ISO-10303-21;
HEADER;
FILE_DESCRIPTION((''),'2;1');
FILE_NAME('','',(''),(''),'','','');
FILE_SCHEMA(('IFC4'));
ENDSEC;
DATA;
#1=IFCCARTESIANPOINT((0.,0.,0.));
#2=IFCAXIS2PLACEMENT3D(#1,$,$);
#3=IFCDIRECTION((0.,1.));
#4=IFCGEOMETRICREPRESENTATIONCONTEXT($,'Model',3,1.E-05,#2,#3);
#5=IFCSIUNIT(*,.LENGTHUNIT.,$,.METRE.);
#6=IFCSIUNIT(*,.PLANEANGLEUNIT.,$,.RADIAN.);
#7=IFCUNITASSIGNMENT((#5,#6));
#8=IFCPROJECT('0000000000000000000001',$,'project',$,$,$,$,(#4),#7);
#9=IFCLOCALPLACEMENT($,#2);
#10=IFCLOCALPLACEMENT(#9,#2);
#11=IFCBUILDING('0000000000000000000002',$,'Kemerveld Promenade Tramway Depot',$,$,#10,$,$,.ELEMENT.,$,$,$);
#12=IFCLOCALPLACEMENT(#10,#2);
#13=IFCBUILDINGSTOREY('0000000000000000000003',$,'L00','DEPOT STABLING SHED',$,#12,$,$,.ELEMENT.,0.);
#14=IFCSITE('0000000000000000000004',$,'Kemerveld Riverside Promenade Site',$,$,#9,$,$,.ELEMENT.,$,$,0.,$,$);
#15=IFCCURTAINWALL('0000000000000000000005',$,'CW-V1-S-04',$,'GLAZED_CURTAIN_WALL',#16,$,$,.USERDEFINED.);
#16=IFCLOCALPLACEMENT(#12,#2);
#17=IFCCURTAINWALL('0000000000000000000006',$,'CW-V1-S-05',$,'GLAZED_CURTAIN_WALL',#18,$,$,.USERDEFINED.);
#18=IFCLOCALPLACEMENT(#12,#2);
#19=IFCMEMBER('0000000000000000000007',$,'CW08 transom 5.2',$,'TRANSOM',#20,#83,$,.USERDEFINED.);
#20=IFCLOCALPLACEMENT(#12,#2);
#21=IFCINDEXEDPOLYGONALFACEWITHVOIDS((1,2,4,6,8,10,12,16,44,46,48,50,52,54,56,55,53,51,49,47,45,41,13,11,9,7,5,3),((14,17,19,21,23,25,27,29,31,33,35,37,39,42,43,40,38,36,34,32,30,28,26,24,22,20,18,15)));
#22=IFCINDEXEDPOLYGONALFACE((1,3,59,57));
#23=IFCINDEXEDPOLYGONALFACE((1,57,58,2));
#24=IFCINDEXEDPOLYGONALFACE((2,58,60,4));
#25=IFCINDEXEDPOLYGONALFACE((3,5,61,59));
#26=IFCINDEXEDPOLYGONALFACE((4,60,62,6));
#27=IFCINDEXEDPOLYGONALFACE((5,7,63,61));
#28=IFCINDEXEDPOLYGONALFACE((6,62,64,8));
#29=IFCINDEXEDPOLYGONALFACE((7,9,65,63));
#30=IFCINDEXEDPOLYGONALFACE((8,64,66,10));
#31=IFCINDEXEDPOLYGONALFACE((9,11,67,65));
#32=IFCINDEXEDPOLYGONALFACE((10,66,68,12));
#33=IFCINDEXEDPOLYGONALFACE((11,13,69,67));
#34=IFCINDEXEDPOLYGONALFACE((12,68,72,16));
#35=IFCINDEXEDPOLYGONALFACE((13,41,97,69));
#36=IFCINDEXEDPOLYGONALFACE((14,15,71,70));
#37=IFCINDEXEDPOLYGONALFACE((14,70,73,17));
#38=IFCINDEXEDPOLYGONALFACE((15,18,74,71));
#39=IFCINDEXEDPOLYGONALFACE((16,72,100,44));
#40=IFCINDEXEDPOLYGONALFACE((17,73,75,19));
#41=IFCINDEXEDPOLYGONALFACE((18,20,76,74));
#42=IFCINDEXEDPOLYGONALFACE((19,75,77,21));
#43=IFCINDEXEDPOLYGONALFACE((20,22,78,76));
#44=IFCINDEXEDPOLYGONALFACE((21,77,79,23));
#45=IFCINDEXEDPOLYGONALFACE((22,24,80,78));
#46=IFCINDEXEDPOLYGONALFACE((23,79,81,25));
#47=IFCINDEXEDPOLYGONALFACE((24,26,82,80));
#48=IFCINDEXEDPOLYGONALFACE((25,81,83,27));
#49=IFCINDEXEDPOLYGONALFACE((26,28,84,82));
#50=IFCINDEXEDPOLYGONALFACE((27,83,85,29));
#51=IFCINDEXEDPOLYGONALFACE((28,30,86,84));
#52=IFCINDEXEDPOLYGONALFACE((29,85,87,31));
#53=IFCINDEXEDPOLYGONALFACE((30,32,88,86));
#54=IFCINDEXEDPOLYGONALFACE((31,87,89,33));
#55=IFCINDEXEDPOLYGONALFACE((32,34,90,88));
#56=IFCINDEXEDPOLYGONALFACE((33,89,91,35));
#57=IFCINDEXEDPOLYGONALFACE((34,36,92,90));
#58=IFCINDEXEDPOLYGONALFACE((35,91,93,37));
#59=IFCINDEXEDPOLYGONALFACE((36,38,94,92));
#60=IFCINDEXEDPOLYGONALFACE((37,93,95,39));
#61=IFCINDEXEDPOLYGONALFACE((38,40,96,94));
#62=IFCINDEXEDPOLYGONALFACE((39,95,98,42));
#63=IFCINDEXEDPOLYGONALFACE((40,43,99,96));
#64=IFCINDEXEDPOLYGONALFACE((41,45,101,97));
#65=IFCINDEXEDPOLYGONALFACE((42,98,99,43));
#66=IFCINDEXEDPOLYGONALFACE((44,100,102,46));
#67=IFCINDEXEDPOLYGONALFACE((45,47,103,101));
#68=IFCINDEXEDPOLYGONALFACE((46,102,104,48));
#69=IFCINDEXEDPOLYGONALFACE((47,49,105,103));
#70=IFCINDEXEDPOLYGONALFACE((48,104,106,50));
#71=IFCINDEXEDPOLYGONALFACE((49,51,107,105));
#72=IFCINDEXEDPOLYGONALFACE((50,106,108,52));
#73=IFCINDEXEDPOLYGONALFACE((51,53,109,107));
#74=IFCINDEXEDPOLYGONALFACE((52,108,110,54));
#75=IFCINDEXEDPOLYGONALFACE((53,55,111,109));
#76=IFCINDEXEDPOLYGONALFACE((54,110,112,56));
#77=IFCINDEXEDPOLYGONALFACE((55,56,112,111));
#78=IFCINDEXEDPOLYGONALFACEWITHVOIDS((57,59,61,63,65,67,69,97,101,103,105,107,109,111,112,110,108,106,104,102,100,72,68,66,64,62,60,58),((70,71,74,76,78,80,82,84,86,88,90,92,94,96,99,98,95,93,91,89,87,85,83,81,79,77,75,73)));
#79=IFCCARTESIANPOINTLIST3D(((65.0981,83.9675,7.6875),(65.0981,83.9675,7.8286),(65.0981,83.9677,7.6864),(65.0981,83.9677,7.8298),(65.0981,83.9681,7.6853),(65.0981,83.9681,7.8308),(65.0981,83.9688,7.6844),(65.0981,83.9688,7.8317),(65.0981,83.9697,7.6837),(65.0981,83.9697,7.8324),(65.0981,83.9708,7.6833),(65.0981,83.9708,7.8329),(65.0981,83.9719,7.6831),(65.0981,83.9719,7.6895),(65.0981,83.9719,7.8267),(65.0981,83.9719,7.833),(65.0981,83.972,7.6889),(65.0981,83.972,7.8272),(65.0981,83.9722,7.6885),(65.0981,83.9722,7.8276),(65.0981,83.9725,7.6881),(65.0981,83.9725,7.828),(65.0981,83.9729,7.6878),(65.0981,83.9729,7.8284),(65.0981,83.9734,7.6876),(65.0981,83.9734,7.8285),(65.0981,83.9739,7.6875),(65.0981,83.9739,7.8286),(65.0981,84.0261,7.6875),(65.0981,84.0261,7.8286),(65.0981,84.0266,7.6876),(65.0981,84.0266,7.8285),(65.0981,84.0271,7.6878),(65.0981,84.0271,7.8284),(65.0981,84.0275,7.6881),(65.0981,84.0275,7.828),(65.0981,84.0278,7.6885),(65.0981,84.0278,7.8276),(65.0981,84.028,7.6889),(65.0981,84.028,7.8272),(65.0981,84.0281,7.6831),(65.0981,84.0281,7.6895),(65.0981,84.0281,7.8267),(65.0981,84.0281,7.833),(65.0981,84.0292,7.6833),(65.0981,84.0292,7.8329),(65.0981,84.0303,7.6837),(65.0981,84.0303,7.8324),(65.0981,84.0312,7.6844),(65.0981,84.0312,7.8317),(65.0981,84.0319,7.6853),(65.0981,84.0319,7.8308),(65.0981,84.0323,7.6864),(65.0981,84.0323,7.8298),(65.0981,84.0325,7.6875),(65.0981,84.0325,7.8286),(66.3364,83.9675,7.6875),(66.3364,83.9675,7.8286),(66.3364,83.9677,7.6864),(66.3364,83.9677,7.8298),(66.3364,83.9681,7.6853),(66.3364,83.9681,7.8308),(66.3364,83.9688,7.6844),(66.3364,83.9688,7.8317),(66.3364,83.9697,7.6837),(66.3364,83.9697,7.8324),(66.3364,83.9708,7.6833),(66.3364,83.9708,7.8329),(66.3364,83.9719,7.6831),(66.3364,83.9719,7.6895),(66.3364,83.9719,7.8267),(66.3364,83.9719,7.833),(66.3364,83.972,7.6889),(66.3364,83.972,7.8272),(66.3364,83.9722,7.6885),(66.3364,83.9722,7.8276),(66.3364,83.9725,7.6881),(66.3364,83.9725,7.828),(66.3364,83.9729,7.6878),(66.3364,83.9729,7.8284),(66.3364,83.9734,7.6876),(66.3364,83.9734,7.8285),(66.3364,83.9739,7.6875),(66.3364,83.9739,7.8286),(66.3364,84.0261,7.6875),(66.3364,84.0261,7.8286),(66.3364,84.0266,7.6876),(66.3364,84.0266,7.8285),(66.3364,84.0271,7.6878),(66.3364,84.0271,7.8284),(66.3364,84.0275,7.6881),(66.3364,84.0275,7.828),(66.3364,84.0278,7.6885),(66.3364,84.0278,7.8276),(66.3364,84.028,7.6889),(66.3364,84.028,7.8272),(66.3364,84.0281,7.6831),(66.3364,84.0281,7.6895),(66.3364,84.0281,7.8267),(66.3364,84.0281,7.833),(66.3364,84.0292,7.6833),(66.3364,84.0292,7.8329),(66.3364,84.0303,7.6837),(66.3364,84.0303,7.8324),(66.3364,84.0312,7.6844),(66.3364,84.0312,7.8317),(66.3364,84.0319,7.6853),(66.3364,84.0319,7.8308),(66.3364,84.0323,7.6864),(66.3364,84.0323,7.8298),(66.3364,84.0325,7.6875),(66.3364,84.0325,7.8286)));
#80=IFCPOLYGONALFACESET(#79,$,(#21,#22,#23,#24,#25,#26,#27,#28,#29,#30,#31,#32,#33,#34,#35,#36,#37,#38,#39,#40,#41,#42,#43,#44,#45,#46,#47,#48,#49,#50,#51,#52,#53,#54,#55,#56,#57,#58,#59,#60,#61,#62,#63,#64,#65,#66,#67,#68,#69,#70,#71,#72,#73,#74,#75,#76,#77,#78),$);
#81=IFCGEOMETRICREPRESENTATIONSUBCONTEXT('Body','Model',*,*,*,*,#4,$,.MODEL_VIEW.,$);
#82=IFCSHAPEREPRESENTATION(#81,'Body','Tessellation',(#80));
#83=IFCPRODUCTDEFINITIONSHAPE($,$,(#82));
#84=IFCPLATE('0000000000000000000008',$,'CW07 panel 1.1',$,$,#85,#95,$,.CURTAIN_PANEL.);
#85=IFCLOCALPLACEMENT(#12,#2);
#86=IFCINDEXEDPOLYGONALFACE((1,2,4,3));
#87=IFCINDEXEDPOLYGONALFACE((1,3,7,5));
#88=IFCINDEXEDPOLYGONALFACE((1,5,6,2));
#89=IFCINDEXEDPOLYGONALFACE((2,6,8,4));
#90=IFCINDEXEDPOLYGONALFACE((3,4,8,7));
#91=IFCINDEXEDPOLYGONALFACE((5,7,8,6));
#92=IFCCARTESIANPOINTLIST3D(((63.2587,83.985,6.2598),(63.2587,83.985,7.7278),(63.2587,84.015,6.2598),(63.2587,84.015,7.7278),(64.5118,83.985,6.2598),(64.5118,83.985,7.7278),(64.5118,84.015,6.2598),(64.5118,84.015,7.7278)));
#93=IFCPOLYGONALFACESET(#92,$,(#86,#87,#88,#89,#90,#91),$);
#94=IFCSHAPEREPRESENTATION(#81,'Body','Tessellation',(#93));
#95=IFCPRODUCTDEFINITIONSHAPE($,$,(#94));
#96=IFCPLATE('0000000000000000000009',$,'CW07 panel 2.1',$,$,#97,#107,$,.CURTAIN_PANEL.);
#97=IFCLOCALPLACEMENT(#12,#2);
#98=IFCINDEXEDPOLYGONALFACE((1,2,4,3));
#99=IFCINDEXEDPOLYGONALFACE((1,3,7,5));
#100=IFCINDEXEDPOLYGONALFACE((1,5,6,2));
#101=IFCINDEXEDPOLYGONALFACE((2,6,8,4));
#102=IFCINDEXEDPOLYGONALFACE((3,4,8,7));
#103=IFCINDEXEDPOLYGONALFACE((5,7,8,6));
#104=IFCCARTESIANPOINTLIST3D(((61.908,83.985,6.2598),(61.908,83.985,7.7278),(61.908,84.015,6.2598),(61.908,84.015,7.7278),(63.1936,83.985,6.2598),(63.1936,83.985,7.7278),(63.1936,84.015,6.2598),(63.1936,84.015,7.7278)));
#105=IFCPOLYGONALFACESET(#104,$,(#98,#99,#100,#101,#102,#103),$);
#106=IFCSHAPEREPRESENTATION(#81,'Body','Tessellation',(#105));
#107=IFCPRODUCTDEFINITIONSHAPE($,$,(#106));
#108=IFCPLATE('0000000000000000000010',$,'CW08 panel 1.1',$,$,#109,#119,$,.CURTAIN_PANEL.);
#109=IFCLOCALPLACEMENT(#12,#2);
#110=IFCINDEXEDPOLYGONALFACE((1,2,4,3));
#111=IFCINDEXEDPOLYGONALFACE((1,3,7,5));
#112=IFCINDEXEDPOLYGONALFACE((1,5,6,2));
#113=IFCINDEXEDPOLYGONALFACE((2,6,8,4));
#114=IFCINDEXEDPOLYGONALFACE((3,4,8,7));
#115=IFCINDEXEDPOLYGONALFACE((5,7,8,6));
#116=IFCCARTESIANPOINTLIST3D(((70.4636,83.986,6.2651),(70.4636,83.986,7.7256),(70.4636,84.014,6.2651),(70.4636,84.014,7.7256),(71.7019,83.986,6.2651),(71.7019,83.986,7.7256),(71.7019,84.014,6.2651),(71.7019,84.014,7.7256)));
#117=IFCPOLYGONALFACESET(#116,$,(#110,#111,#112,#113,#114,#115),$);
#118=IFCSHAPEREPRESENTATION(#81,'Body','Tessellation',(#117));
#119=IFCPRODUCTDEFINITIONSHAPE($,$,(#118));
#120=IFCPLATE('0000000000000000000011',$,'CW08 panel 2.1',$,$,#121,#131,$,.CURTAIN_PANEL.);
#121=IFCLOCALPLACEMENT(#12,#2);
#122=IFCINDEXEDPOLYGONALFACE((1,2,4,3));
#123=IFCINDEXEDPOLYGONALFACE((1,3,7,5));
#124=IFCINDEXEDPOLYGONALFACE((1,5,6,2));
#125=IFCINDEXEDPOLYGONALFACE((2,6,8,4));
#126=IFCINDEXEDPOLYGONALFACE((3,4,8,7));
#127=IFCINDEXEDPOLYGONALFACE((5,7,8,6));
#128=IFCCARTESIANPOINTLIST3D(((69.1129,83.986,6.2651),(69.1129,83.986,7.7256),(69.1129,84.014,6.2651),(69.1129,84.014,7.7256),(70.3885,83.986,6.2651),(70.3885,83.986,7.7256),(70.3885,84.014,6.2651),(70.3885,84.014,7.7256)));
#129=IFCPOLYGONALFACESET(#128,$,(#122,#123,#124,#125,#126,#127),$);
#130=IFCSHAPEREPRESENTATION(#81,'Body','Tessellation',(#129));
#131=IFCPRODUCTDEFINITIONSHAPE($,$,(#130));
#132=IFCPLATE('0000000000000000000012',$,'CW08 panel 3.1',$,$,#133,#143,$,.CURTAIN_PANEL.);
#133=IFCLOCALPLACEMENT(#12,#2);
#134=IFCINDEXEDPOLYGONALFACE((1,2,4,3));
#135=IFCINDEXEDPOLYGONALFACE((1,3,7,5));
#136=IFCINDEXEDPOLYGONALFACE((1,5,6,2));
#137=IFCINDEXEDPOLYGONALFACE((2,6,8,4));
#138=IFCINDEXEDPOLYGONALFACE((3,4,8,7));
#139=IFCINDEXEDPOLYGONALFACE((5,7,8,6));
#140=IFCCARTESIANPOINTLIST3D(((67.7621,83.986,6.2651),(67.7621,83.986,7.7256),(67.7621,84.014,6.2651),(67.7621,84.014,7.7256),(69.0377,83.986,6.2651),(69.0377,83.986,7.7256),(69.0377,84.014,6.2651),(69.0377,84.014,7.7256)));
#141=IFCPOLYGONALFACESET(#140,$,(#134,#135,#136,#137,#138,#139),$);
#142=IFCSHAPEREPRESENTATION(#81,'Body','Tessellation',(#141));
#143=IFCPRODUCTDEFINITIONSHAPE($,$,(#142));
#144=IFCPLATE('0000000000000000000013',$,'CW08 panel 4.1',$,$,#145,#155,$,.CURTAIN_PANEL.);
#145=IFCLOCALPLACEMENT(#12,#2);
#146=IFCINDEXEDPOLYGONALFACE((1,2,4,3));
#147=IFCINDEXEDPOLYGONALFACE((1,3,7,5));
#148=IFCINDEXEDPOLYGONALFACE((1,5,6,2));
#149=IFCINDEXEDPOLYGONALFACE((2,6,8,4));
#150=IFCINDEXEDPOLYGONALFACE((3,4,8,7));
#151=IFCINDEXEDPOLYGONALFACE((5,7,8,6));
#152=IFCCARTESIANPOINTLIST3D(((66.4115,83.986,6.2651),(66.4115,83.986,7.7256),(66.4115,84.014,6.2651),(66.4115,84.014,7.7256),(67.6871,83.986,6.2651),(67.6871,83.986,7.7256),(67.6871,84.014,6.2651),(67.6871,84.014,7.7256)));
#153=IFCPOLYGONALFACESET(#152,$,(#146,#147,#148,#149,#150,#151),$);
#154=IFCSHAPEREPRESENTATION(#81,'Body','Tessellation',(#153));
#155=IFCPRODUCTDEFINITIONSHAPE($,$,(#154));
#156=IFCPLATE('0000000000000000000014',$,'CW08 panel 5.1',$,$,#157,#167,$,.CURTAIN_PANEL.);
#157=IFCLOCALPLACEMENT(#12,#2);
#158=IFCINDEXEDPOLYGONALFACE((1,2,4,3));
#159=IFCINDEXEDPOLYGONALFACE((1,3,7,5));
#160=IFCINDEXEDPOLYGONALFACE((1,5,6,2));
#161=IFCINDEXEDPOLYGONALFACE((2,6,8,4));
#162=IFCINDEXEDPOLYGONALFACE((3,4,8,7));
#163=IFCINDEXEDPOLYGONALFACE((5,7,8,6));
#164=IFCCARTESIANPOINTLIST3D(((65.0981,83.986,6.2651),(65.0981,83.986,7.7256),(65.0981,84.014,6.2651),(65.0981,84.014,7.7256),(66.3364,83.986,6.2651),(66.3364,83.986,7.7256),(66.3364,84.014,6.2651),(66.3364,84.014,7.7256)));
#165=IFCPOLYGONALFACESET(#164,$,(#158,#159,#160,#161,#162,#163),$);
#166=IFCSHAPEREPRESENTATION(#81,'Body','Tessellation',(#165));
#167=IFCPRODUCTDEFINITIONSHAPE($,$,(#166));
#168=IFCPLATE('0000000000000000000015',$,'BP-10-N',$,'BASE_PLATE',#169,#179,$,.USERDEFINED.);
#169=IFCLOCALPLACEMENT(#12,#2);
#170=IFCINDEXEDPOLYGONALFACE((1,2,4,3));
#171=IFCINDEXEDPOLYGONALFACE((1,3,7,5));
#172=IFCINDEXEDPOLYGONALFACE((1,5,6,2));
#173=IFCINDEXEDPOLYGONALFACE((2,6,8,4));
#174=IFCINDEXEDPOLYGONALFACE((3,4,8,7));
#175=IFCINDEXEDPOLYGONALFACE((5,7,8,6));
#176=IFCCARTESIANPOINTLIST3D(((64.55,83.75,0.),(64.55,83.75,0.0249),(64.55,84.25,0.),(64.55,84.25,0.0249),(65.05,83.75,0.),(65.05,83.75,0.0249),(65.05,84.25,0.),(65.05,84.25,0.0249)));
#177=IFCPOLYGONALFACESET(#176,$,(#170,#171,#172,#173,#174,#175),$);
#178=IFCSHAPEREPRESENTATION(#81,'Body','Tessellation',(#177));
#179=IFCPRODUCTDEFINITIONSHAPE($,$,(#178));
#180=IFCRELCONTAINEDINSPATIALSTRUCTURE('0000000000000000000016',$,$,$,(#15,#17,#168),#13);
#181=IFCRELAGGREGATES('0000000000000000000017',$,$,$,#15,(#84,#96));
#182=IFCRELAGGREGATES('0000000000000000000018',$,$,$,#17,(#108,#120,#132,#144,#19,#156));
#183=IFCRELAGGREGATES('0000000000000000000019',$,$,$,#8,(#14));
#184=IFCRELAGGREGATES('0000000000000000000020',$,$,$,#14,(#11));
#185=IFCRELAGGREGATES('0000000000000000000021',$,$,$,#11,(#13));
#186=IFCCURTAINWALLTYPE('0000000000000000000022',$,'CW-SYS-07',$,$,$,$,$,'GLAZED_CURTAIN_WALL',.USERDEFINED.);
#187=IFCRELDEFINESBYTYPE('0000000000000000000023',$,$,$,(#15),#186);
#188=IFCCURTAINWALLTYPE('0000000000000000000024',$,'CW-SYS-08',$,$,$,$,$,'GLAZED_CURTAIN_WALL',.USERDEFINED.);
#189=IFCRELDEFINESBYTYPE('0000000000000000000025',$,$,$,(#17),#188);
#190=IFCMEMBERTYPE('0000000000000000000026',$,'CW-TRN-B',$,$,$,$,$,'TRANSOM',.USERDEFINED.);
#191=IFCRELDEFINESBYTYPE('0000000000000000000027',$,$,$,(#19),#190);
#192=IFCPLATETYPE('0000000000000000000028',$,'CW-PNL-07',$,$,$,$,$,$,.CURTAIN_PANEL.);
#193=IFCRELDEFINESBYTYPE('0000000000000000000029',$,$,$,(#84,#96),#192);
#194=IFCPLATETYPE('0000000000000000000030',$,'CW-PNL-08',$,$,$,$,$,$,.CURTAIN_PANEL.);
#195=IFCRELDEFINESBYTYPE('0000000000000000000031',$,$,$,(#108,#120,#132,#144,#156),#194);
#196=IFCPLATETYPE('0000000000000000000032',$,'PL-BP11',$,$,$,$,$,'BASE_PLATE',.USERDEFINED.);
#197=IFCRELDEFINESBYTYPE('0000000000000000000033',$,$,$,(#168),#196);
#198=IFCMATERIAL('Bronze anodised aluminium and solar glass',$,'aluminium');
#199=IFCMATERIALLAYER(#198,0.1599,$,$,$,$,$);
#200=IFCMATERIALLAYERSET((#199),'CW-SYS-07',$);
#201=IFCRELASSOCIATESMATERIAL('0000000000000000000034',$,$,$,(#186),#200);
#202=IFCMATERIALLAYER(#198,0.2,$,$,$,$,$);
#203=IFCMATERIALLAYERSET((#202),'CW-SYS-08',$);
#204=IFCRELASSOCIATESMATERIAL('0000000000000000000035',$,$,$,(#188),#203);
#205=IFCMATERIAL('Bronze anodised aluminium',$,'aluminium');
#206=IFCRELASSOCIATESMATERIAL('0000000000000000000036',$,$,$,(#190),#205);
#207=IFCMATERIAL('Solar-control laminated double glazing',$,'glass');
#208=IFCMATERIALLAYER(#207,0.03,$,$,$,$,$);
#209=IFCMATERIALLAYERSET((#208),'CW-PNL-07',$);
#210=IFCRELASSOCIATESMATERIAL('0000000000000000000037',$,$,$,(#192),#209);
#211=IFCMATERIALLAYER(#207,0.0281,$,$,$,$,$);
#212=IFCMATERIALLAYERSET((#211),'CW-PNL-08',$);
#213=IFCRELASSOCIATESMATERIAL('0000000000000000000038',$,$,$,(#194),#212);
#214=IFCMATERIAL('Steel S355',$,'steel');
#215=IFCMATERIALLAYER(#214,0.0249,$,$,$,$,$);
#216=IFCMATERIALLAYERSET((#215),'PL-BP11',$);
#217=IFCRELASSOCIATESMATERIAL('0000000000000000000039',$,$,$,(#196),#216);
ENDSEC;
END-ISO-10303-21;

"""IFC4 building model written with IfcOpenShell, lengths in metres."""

from ifc_helpers import new_model, si_unit, direction, frame, origin, origin_2d, place, context, subcontext, project, spatial, rectangle, hollow_rectangle, extrude, material, layer, layer_set, material_profile, profile_set, type_object, element, aggregate, save


model = new_model("IFC4")

# Units and contexts
model_context = context("Model", 3, precision=1e-05, world=origin(), true_north=direction((0.0, 1.0)))
body_context = subcontext(model_context, "Body", "Model", "MODEL_VIEW")
ifc_project = project(units=[si_unit("LENGTHUNIT", "METRE"), si_unit("PLANEANGLEUNIT", "RADIAN")], contexts=[model_context])

# Site, building, storey
site_placement = place(None, origin())
site = spatial("IfcSite", under=ifc_project, at=site_placement, Name="Kemerveld Riverside Promenade Site", CompositionType="ELEMENT", RefElevation=0.0)
building_placement = place(site_placement, origin())
building = spatial("IfcBuilding", under=site, at=building_placement, Name="Kemerveld Promenade Tramway Depot", CompositionType="ELEMENT")
storey_placement = place(building_placement, origin())
storey = spatial("IfcBuildingStorey", under=building, at=storey_placement, Name="L00", Description="DEPOT STABLING SHED", CompositionType="ELEMENT", Elevation=0.0)

# Shared definitions
ifc_material_1 = material(Name="Steel S355", Category="steel")

# Curtain walls
ifc_material_2 = material(Name="Bronze anodised aluminium and solar glass", Category="aluminium")
ifc_layer_1 = layer(ifc_material_2, 0.1599)
ifc_layer_set_1 = layer_set([ifc_layer_1], Name="CW-SYS-07")
curtain_wall_type_1 = type_object("IfcCurtainWallType", Name="CW-SYS-07", ElementType="GLAZED_CURTAIN_WALL", PredefinedType="USERDEFINED", material=ifc_layer_set_1)
curtain_wall_1_placement = place(storey_placement, origin())
curtain_wall_1 = element("IfcCurtainWall", 1, at=curtain_wall_1_placement, inside=storey, type_object=curtain_wall_type_1, Name="CW-V1-S-04", ObjectType="GLAZED_CURTAIN_WALL", PredefinedType="USERDEFINED")
ifc_material_3 = material(Name="Bronze anodised aluminium", Category="aluminium")
ifc_layer_2 = layer(ifc_material_2, 0.2)
ifc_layer_set_2 = layer_set([ifc_layer_2], Name="CW-SYS-08")
curtain_wall_type_2 = type_object("IfcCurtainWallType", Name="CW-SYS-08", ElementType="GLAZED_CURTAIN_WALL", PredefinedType="USERDEFINED", material=ifc_layer_set_2)
curtain_wall_2_placement = place(storey_placement, origin())
curtain_wall_2 = element("IfcCurtainWall", 2, at=curtain_wall_2_placement, inside=storey, type_object=curtain_wall_type_2, Name="CW-V1-S-05", ObjectType="GLAZED_CURTAIN_WALL", PredefinedType="USERDEFINED")

# Member
ifc_material_profile_1 = material_profile(ifc_material_3, hollow_rectangle(XDim=0.0649, YDim=0.1499, WallThickness=0.0044, InnerFilletRadius=0.002, OuterFilletRadius=0.0044, at=origin_2d()), Name="CW-TRN-150x65")
ifc_profile_set_1 = profile_set([ifc_material_profile_1], Name="Bronze anodised aluminium")
member_type_1 = type_object("IfcMemberType", Name="CW-TRN-B", ElementType="TRANSOM", PredefinedType="USERDEFINED", material=ifc_profile_set_1)
member_1_placement = place(storey_placement, frame((66.3364, 84.0, 7.7581), z_axis=(-1.0, 0.0, 0.0), x_axis=(0.0, -1.0, 0.0)))
member_1 = element("IfcMember", 3, at=member_1_placement, type_object=member_type_1, Name="CW08 transom 5.2", ObjectType="TRANSOM", PredefinedType="USERDEFINED", context=body_context, shape_type="SweptSolid", body=[
    extrude(hollow_rectangle(XDim=0.0649, YDim=0.1499, WallThickness=0.0044, InnerFilletRadius=0.002, OuterFilletRadius=0.0044, at=origin_2d()), origin(), (0.0, 0.0, 1.0), 1.2383),
])

# Plates
ifc_material_4 = material(Name="Solar-control laminated double glazing", Category="glass")
ifc_layer_3 = layer(ifc_material_4, 0.03)
ifc_layer_set_3 = layer_set([ifc_layer_3], Name="CW-PNL-07")
plate_type_1 = type_object("IfcPlateType", Name="CW-PNL-07", PredefinedType="CURTAIN_PANEL", material=ifc_layer_set_3)
plate_1_placement = place(storey_placement, frame((63.8853, 84.0, 6.2598), z_axis=(0.0, 0.0, 1.0), x_axis=(-1.0, 0.0, 0.0)))
plate_1 = element("IfcPlate", 4, at=plate_1_placement, type_object=plate_type_1, Name="CW07 panel 1.1", PredefinedType="CURTAIN_PANEL", context=body_context, shape_type="SweptSolid", body=[
    extrude(rectangle(XDim=1.2532, YDim=0.03, at=origin_2d()), origin(), (0.0, 0.0, 1.0), 1.468),
])
plate_2_placement = place(storey_placement, frame((62.5508, 84.0, 6.2598), z_axis=(0.0, 0.0, 1.0), x_axis=(-1.0, 0.0, 0.0)))
plate_2 = element("IfcPlate", 5, at=plate_2_placement, type_object=plate_type_1, Name="CW07 panel 2.1", PredefinedType="CURTAIN_PANEL", context=body_context, shape_type="SweptSolid", body=[
    extrude(rectangle(XDim=1.2856, YDim=0.03, at=origin_2d()), origin(), (0.0, 0.0, 1.0), 1.468),
])
aggregate(curtain_wall_1, [plate_1, plate_2])
ifc_layer_4 = layer(ifc_material_4, 0.0281)
ifc_layer_set_4 = layer_set([ifc_layer_4], Name="CW-PNL-08")
plate_type_2 = type_object("IfcPlateType", Name="CW-PNL-08", PredefinedType="CURTAIN_PANEL", material=ifc_layer_set_4)
plate_3_placement = place(storey_placement, frame((71.0828, 84.0, 6.2651), z_axis=(0.0, 0.0, 1.0), x_axis=(-1.0, 0.0, 0.0)))
plate_3 = element("IfcPlate", 6, at=plate_3_placement, type_object=plate_type_2, Name="CW08 panel 1.1", PredefinedType="CURTAIN_PANEL", context=body_context, shape_type="SweptSolid", body=[
    extrude(rectangle(XDim=1.2383, YDim=0.0281, at=origin_2d()), origin(), (0.0, 0.0, 1.0), 1.4604),
])
plate_4_placement = place(storey_placement, frame((69.7507, 84.0, 6.2651), z_axis=(0.0, 0.0, 1.0), x_axis=(-1.0, 0.0, 0.0)))
plate_4 = element("IfcPlate", 7, at=plate_4_placement, type_object=plate_type_2, Name="CW08 panel 2.1", PredefinedType="CURTAIN_PANEL", context=body_context, shape_type="SweptSolid", body=[
    extrude(rectangle(XDim=1.2756, YDim=0.0281, at=origin_2d()), origin(), (0.0, 0.0, 1.0), 1.4604),
])
plate_5_placement = place(storey_placement, frame((68.3999, 84.0, 6.2651), z_axis=(0.0, 0.0, 1.0), x_axis=(-1.0, 0.0, 0.0)))
plate_5 = element("IfcPlate", 8, at=plate_5_placement, type_object=plate_type_2, Name="CW08 panel 3.1", PredefinedType="CURTAIN_PANEL", context=body_context, shape_type="SweptSolid", body=[
    extrude(rectangle(XDim=1.2756, YDim=0.0281, at=origin_2d()), origin(), (0.0, 0.0, 1.0), 1.4604),
])
plate_6_placement = place(storey_placement, frame((67.0493, 84.0, 6.2651), z_axis=(0.0, 0.0, 1.0), x_axis=(-1.0, 0.0, 0.0)))
plate_6 = element("IfcPlate", 9, at=plate_6_placement, type_object=plate_type_2, Name="CW08 panel 4.1", PredefinedType="CURTAIN_PANEL", context=body_context, shape_type="SweptSolid", body=[
    extrude(rectangle(XDim=1.2756, YDim=0.0281, at=origin_2d()), origin(), (0.0, 0.0, 1.0), 1.4604),
])
plate_7_placement = place(storey_placement, frame((65.7173, 84.0, 6.2651), z_axis=(0.0, 0.0, 1.0), x_axis=(-1.0, 0.0, 0.0)))
plate_7 = element("IfcPlate", 10, at=plate_7_placement, type_object=plate_type_2, Name="CW08 panel 5.1", PredefinedType="CURTAIN_PANEL", context=body_context, shape_type="SweptSolid", body=[
    extrude(rectangle(XDim=1.2383, YDim=0.0281, at=origin_2d()), origin(), (0.0, 0.0, 1.0), 1.4604),
])
aggregate(curtain_wall_2, [plate_3, plate_4, plate_5, plate_6, member_1, plate_7])
ifc_layer_5 = layer(ifc_material_1, 0.0249)
ifc_layer_set_5 = layer_set([ifc_layer_5], Name="PL-BP11")
plate_type_3 = type_object("IfcPlateType", Name="PL-BP11", ElementType="BASE_PLATE", PredefinedType="USERDEFINED", material=ifc_layer_set_5)
plate_8_placement = place(storey_placement, frame((64.8, 84.0, 0.0), z_axis=(0.0, 0.0, 1.0), x_axis=(1.0, 0.0, 0.0)))
element("IfcPlate", 11, at=plate_8_placement, inside=storey, type_object=plate_type_3, Name="BP-10-N", ObjectType="BASE_PLATE", PredefinedType="USERDEFINED", context=body_context, shape_type="SweptSolid", body=[
    extrude(rectangle(XDim=0.5, YDim=0.5, at=origin_2d()), origin(), (0.0, 0.0, 1.0), 0.0249),
])

save(model, "model.ifc")
